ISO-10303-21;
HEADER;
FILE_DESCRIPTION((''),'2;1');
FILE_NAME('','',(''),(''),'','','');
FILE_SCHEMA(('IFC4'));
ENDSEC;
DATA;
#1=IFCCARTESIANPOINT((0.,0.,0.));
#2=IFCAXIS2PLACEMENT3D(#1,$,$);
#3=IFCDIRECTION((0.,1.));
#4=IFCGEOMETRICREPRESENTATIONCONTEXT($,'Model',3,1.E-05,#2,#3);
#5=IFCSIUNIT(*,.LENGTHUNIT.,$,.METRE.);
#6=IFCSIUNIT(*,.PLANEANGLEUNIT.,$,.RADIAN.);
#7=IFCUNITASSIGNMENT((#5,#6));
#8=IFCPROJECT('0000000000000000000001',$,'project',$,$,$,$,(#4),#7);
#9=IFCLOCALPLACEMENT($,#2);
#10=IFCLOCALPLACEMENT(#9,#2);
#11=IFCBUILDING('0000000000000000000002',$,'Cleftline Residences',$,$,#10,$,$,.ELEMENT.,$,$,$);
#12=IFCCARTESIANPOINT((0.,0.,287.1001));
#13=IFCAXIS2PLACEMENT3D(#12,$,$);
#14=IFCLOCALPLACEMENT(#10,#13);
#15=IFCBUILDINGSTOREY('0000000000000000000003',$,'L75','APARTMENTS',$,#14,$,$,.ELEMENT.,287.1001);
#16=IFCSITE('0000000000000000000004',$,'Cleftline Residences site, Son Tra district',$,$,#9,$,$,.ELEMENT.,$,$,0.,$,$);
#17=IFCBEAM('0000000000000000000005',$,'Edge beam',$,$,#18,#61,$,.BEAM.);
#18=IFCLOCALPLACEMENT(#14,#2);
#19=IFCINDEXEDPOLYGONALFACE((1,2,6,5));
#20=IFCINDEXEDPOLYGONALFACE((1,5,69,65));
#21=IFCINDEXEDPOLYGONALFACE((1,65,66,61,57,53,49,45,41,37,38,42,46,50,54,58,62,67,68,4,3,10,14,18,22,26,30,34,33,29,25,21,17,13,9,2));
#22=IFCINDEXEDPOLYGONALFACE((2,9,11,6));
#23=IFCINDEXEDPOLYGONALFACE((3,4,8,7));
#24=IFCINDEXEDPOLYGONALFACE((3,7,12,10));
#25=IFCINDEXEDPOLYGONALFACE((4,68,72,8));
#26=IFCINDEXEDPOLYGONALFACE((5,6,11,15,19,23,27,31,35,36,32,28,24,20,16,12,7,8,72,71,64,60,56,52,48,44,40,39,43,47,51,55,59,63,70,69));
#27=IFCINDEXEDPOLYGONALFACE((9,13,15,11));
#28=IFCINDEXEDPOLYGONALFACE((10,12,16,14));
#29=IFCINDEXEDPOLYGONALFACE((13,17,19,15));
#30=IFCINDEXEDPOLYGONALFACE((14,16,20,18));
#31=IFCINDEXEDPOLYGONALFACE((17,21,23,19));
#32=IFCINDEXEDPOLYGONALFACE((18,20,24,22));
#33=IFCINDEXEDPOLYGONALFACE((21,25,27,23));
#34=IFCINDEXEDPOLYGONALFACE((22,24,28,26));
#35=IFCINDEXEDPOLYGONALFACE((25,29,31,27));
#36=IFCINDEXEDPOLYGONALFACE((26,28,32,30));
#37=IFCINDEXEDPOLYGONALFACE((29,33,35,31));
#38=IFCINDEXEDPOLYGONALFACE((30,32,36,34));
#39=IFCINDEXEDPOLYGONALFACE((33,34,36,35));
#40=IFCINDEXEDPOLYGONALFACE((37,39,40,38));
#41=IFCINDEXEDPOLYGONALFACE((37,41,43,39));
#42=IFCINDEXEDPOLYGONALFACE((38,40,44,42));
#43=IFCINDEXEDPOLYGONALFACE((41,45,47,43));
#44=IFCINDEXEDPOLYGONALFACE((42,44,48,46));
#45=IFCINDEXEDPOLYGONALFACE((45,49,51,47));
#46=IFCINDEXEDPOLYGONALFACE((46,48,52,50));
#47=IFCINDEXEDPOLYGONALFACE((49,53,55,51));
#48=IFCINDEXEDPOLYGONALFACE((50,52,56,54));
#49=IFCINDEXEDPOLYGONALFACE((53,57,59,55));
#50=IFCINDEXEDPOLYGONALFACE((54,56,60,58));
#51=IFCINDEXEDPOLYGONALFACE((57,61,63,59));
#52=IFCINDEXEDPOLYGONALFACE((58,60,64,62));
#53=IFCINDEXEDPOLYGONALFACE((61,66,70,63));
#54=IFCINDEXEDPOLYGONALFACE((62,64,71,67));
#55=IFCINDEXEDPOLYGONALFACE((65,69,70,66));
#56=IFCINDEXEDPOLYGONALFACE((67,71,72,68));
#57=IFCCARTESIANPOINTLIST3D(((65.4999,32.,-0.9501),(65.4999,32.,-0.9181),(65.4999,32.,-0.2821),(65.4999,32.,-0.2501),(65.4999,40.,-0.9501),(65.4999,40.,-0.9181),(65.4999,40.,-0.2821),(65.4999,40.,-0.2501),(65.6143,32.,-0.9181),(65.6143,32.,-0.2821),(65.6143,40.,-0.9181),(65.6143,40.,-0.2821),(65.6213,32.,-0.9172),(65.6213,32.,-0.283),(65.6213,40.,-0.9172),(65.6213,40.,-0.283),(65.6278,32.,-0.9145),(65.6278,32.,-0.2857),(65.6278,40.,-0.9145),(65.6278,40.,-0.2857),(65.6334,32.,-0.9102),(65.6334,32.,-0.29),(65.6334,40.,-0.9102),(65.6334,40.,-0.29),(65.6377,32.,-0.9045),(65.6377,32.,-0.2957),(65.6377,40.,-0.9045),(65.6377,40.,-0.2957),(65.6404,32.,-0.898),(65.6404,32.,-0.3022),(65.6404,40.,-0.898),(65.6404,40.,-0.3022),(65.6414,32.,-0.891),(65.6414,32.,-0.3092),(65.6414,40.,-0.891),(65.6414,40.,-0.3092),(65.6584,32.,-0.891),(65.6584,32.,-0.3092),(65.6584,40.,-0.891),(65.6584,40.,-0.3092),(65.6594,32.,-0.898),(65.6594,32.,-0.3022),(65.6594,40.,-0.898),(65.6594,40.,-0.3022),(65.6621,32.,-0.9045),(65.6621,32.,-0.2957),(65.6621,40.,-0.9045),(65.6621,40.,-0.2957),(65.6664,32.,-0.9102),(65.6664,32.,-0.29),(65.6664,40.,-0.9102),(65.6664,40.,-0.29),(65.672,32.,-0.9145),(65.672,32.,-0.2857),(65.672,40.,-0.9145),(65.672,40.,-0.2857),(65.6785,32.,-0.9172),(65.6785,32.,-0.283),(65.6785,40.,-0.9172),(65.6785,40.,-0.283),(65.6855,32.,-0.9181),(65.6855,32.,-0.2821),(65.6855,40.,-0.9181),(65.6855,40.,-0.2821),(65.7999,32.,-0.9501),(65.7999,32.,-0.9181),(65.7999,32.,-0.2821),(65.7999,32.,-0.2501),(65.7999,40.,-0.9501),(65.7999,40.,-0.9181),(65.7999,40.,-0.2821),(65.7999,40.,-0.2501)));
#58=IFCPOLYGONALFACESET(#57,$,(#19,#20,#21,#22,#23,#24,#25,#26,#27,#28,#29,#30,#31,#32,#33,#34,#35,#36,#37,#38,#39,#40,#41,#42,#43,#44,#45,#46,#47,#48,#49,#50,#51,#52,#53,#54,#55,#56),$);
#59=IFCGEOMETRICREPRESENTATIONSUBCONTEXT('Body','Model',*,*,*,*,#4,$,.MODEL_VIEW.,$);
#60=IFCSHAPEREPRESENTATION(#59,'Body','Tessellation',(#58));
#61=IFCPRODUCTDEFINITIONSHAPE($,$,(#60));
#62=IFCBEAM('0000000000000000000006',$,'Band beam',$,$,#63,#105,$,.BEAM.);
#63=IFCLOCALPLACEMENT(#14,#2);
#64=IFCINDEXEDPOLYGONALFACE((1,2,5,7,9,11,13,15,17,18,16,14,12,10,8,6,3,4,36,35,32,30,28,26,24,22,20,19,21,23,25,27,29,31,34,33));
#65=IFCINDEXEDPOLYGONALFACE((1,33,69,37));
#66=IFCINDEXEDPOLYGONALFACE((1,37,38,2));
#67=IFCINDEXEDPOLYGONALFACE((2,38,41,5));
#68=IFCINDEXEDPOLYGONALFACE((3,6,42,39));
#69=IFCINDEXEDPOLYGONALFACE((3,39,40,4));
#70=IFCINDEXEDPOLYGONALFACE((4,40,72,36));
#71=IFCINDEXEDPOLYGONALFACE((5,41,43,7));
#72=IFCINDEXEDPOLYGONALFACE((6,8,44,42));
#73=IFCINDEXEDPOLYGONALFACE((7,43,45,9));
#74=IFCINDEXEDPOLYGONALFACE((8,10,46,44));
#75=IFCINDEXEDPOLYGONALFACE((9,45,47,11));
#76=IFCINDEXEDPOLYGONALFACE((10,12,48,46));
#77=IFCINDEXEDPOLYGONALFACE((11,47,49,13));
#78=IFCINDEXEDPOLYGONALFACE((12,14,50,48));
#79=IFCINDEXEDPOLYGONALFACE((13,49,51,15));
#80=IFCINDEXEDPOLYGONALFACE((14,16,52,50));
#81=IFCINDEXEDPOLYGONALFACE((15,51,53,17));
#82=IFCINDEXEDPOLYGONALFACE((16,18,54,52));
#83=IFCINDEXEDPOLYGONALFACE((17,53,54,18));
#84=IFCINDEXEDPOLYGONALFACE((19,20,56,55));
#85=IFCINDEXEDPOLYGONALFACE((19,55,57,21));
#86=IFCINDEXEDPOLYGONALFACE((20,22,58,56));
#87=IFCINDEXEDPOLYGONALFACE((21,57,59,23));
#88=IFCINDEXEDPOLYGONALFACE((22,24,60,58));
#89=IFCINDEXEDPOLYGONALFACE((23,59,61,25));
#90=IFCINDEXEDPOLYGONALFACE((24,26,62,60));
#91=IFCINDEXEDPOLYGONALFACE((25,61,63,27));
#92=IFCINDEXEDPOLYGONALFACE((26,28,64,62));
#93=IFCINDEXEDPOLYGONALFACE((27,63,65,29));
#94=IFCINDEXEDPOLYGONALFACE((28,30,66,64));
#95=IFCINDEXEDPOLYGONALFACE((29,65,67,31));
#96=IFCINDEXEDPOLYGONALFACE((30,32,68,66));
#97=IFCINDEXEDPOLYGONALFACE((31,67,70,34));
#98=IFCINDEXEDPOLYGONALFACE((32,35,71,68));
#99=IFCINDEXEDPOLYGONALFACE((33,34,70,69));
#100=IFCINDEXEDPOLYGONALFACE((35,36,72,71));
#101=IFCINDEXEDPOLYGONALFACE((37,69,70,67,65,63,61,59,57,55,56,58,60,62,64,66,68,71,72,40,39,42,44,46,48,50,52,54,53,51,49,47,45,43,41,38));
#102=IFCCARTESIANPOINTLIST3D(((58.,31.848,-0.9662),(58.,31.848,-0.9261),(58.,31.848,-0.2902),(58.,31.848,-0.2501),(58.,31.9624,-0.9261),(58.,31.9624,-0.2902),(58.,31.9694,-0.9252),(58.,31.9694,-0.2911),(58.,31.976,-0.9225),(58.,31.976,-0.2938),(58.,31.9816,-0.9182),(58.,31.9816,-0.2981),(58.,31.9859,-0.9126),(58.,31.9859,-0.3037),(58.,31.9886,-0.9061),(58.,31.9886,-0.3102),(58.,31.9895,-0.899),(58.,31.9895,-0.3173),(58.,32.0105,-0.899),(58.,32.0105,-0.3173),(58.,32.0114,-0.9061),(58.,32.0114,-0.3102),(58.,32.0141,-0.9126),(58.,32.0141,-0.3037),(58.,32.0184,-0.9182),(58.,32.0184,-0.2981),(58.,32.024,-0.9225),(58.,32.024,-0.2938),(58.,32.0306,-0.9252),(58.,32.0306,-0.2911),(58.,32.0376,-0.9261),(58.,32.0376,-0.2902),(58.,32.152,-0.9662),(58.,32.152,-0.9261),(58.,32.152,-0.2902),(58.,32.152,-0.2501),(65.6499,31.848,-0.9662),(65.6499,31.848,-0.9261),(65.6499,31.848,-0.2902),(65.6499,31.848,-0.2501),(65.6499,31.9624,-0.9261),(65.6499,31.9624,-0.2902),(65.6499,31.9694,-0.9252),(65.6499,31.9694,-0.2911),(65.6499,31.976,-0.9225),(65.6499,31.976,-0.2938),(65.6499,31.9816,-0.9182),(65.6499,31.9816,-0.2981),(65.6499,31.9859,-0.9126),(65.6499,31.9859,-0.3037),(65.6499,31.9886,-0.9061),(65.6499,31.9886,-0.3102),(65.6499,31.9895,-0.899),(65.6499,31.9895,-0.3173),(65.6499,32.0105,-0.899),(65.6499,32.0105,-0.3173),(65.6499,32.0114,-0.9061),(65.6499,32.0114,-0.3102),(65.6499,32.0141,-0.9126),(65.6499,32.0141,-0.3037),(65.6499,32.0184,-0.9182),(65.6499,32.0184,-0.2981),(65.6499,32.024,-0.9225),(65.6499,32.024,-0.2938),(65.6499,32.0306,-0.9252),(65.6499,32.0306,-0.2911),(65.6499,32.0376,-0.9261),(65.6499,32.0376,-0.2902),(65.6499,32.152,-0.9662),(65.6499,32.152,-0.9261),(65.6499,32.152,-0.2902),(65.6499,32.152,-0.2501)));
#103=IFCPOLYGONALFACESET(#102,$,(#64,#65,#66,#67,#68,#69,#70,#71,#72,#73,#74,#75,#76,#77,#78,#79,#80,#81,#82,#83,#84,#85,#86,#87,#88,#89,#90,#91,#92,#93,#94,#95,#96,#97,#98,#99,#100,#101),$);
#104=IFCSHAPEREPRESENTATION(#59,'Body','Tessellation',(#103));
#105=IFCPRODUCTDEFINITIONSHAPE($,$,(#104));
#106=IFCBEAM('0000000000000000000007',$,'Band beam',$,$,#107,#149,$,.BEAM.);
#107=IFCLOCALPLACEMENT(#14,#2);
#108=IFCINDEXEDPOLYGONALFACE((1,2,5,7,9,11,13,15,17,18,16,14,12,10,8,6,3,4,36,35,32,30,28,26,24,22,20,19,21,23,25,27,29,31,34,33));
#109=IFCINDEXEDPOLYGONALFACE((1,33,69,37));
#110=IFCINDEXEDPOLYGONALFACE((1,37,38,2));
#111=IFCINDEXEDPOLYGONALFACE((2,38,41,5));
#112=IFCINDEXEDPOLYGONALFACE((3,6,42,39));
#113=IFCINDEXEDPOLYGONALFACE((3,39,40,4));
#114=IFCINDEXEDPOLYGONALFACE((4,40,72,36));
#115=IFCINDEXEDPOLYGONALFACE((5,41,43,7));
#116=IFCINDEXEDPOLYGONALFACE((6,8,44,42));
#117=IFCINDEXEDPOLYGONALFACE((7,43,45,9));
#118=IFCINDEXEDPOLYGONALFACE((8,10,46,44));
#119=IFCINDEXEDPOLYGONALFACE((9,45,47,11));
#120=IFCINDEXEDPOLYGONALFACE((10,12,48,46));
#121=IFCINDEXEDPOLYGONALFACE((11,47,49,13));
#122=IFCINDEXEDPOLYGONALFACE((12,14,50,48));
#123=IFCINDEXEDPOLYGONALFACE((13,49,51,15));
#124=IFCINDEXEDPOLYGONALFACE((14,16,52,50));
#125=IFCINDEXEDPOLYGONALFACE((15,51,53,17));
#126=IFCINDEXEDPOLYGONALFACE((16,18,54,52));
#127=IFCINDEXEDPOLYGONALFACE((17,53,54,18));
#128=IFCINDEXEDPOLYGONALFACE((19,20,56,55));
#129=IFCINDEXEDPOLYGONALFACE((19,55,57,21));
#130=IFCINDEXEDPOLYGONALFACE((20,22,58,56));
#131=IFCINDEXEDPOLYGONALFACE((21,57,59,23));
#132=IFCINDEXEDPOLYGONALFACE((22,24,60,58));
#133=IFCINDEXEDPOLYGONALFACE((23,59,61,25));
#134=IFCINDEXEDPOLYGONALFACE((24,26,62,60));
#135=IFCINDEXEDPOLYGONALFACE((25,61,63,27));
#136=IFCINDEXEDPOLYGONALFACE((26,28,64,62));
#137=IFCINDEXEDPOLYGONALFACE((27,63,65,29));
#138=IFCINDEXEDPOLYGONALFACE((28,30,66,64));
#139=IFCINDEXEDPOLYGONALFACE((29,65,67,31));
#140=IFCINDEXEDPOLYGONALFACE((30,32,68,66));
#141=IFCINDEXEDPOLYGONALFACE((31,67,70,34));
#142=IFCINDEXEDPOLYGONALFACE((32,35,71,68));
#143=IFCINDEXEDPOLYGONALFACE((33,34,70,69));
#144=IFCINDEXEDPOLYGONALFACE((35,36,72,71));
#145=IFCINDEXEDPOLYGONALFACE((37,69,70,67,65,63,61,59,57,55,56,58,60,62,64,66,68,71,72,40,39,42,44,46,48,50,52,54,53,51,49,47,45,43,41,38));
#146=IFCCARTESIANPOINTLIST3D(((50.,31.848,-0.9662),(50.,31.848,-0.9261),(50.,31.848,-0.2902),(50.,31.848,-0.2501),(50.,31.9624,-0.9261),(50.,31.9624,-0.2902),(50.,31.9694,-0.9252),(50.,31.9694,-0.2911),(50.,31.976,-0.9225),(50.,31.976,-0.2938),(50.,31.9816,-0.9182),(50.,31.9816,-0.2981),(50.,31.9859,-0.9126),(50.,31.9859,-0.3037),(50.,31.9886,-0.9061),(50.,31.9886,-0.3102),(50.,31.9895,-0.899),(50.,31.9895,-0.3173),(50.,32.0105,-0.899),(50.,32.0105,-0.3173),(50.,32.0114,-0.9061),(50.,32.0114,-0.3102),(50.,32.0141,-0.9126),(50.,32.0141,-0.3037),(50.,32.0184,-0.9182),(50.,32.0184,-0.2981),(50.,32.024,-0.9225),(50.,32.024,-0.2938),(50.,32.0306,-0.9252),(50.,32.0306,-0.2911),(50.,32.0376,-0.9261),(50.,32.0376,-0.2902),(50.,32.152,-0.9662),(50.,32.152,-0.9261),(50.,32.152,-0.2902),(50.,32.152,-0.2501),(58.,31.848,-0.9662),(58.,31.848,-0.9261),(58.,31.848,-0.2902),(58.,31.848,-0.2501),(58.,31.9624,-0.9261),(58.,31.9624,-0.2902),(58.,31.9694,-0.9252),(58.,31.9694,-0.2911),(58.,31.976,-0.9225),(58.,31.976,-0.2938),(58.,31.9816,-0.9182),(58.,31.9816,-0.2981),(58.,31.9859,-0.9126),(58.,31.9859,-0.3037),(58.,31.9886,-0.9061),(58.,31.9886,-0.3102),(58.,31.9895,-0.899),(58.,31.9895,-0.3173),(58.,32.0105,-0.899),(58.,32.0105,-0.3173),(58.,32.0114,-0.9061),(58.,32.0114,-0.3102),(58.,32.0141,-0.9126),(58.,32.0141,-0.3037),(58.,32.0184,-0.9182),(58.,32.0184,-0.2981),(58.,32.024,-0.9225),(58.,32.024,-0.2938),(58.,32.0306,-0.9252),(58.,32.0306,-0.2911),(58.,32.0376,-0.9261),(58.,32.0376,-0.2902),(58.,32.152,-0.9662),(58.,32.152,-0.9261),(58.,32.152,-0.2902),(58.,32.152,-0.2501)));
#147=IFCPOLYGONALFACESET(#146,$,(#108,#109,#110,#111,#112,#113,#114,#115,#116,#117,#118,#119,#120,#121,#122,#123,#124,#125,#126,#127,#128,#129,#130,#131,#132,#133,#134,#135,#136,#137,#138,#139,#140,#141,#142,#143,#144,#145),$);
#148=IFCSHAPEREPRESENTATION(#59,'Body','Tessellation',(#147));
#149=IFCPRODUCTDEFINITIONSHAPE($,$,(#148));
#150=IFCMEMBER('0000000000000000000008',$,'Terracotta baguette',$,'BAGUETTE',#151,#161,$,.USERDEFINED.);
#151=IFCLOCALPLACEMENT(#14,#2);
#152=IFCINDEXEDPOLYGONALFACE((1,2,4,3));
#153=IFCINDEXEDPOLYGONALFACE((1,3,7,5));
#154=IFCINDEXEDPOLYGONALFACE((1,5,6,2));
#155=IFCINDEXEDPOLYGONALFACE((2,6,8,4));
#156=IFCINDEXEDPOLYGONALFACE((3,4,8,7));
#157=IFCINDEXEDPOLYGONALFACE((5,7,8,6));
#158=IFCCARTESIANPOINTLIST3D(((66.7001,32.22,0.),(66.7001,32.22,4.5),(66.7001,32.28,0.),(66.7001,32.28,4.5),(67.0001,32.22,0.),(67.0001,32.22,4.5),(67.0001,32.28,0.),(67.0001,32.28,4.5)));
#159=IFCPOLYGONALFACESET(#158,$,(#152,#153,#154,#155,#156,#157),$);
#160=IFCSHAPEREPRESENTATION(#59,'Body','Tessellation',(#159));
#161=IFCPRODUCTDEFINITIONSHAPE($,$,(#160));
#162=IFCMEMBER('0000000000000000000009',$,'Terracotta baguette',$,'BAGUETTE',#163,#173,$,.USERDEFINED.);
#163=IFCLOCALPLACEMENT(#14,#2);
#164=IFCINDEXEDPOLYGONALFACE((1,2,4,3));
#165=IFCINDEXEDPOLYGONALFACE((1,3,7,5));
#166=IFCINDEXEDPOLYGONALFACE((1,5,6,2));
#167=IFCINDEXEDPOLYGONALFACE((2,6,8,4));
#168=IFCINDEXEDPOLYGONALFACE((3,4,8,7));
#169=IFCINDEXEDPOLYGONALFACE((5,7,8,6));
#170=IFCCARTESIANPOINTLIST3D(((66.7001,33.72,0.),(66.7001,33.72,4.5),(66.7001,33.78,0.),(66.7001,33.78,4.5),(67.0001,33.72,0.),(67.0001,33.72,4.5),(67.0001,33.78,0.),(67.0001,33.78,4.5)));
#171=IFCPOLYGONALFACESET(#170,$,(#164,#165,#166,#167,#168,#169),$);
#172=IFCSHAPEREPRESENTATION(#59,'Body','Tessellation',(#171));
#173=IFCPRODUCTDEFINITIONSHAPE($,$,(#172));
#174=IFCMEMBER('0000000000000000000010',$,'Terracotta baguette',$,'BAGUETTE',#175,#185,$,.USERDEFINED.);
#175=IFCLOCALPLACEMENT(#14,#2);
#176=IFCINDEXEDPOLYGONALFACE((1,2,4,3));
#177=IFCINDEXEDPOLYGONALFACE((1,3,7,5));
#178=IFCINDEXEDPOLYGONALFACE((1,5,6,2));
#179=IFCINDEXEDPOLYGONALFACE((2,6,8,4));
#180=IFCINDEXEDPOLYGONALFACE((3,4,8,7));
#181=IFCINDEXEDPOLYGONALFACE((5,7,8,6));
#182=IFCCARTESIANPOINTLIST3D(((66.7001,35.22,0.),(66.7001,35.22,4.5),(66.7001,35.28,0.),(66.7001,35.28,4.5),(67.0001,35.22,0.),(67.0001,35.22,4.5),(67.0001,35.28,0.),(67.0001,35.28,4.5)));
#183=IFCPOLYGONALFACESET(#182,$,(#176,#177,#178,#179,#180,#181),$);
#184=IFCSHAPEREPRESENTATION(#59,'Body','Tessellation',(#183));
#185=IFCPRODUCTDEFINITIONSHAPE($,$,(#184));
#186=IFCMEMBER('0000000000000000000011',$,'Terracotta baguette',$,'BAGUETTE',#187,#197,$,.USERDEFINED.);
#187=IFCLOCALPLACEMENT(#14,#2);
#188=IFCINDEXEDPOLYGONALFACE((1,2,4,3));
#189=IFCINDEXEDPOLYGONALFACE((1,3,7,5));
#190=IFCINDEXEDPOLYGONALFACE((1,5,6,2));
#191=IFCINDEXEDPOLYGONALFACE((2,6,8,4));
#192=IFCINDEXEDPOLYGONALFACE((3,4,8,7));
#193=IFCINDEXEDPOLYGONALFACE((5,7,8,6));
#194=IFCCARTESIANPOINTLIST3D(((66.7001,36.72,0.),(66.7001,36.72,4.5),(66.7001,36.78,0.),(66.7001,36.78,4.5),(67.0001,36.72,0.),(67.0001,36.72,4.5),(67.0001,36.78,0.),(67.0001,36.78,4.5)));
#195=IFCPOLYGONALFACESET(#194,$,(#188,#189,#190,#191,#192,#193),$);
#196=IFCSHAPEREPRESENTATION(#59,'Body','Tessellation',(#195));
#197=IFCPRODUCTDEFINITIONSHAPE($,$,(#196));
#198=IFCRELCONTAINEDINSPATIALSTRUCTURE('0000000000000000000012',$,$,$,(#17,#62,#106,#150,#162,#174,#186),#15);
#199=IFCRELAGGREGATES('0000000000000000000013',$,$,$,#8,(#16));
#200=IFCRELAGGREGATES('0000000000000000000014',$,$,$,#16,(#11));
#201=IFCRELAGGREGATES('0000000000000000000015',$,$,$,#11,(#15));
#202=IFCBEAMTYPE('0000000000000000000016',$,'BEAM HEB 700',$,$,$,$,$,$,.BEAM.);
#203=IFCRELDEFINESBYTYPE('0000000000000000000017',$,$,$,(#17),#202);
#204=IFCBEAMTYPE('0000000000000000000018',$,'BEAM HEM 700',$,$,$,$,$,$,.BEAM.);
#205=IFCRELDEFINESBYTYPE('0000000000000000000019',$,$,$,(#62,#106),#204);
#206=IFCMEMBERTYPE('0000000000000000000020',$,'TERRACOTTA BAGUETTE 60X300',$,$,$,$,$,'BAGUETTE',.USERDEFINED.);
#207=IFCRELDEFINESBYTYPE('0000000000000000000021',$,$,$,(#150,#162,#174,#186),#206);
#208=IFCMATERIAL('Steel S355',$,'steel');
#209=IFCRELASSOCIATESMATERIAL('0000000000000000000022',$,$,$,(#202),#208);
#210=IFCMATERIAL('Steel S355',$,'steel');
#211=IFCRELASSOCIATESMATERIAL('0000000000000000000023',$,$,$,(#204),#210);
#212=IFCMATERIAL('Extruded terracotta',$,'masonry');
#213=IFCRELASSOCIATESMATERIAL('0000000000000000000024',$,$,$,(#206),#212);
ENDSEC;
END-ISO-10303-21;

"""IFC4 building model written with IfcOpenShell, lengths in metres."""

from ifc_helpers import new_model, si_unit, direction, frame, origin, origin_2d, place, context, subcontext, project, spatial, rectangle, i_section, extrude, material, material_profile, profile_set, type_object, element, save


model = new_model("IFC4")

# Units and contexts
model_context = context("Model", 3, precision=1e-05, world=origin(), true_north=direction((0.0, 1.0)))
body_context = subcontext(model_context, "Body", "Model", "MODEL_VIEW")
ifc_project = project(units=[si_unit("LENGTHUNIT", "METRE"), si_unit("PLANEANGLEUNIT", "RADIAN")], contexts=[model_context])

# Site, building, storey
site_placement = place(None, origin())
site = spatial("IfcSite", under=ifc_project, at=site_placement, Name="Cleftline Residences site, Son Tra district", CompositionType="ELEMENT", RefElevation=0.0)
building_placement = place(site_placement, origin())
building = spatial("IfcBuilding", under=site, at=building_placement, Name="Cleftline Residences", CompositionType="ELEMENT")
storey_placement = place(building_placement, frame((0.0, 0.0, 287.1001)))
storey = spatial("IfcBuildingStorey", under=building, at=storey_placement, Name="L75", Description="APARTMENTS", CompositionType="ELEMENT", Elevation=287.1001)

# Beams
ifc_material_1 = material(Name="Steel S355", Category="steel")
ifc_material_profile_1 = material_profile(ifc_material_1, i_section(OverallWidth=0.3, OverallDepth=0.7, WebThickness=0.0171, FlangeThickness=0.032, FilletRadius=0.0271, at=origin_2d()))
ifc_profile_set_1 = profile_set([ifc_material_profile_1], Name="Steel S355")
beam_type_1 = type_object("IfcBeamType", Name="BEAM HEB 700", PredefinedType="BEAM", material=ifc_profile_set_1)
beam_1_placement = place(storey_placement, frame((65.6499, 32.0, -0.6001), z_axis=(0.0, 1.0, 0.0), x_axis=(-1.0, 0.0, 0.0)))
element("IfcBeam", 1, at=beam_1_placement, inside=storey, type_object=beam_type_1, Name="Edge beam", PredefinedType="BEAM", context=body_context, shape_type="SweptSolid", body=[
    extrude(i_section(OverallWidth=0.3, OverallDepth=0.7, WebThickness=0.0171, FlangeThickness=0.032, FilletRadius=0.0271, at=origin_2d()), origin(), (0.0, 0.0, 1.0), 8.0),
])
ifc_material_2 = material(Name="Steel S355", Category="steel")
ifc_material_profile_2 = material_profile(ifc_material_2, i_section(OverallWidth=0.304, OverallDepth=0.7161, WebThickness=0.021, FlangeThickness=0.04, FilletRadius=0.0271, at=origin_2d()))
ifc_profile_set_2 = profile_set([ifc_material_profile_2], Name="Steel S355")
beam_type_2 = type_object("IfcBeamType", Name="BEAM HEM 700", PredefinedType="BEAM", material=ifc_profile_set_2)
beam_2_placement = place(storey_placement, frame((65.6499, 32.0, -0.6082), z_axis=(-1.0, 0.0, 0.0), x_axis=(0.0, -1.0, 0.0)))
element("IfcBeam", 2, at=beam_2_placement, inside=storey, type_object=beam_type_2, Name="Band beam", PredefinedType="BEAM", context=body_context, shape_type="SweptSolid", body=[
    extrude(i_section(OverallWidth=0.304, OverallDepth=0.7161, WebThickness=0.021, FlangeThickness=0.04, FilletRadius=0.0271, at=origin_2d()), origin(), (0.0, 0.0, 1.0), 7.6499),
])
beam_3_placement = place(storey_placement, frame((58.0, 32.0, -0.6082), z_axis=(-1.0, 0.0, 0.0), x_axis=(0.0, -1.0, 0.0)))
element("IfcBeam", 3, at=beam_3_placement, inside=storey, type_object=beam_type_2, Name="Band beam", PredefinedType="BEAM", context=body_context, shape_type="SweptSolid", body=[
    extrude(i_section(OverallWidth=0.304, OverallDepth=0.7161, WebThickness=0.021, FlangeThickness=0.04, FilletRadius=0.0271, at=origin_2d()), origin(), (0.0, 0.0, 1.0), 8.0),
])

# Members
ifc_material_3 = material(Name="Extruded terracotta", Category="masonry")
ifc_material_profile_3 = material_profile(ifc_material_3, rectangle(XDim=0.0601, YDim=0.3, at=origin_2d()))
ifc_profile_set_3 = profile_set([ifc_material_profile_3], Name="Extruded terracotta")
member_type_1 = type_object("IfcMemberType", Name="TERRACOTTA BAGUETTE 60X300", ElementType="BAGUETTE", PredefinedType="USERDEFINED", material=ifc_profile_set_3)
for number, where, z_axis, x_axis, name in (
    (4, (66.8501, 32.25, 0.0), (0.0, 0.0, 1.0), (0.0, 1.0, 0.0), "Terracotta baguette"),
    (5, (66.8501, 33.75, 0.0), (0.0, 0.0, 1.0), (0.0, 1.0, 0.0), "Terracotta baguette"),
    (6, (66.8501, 35.25, 0.0), (0.0, 0.0, 1.0), (0.0, 1.0, 0.0), "Terracotta baguette"),
    (7, (66.8501, 36.75, 0.0), (0.0, 0.0, 1.0), (0.0, 1.0, 0.0), "Terracotta baguette"),
):
    element("IfcMember", number, at=place(storey_placement, frame(where, z_axis=z_axis, x_axis=x_axis)), inside=storey, type_object=member_type_1, Name=name, ObjectType="BAGUETTE", PredefinedType="USERDEFINED", context=body_context, shape_type="SweptSolid", body=[
        extrude(rectangle(XDim=0.0601, YDim=0.3, at=origin_2d()), origin(), (0.0, 0.0, 1.0), 4.5),
    ])

save(model, "model.ifc")
